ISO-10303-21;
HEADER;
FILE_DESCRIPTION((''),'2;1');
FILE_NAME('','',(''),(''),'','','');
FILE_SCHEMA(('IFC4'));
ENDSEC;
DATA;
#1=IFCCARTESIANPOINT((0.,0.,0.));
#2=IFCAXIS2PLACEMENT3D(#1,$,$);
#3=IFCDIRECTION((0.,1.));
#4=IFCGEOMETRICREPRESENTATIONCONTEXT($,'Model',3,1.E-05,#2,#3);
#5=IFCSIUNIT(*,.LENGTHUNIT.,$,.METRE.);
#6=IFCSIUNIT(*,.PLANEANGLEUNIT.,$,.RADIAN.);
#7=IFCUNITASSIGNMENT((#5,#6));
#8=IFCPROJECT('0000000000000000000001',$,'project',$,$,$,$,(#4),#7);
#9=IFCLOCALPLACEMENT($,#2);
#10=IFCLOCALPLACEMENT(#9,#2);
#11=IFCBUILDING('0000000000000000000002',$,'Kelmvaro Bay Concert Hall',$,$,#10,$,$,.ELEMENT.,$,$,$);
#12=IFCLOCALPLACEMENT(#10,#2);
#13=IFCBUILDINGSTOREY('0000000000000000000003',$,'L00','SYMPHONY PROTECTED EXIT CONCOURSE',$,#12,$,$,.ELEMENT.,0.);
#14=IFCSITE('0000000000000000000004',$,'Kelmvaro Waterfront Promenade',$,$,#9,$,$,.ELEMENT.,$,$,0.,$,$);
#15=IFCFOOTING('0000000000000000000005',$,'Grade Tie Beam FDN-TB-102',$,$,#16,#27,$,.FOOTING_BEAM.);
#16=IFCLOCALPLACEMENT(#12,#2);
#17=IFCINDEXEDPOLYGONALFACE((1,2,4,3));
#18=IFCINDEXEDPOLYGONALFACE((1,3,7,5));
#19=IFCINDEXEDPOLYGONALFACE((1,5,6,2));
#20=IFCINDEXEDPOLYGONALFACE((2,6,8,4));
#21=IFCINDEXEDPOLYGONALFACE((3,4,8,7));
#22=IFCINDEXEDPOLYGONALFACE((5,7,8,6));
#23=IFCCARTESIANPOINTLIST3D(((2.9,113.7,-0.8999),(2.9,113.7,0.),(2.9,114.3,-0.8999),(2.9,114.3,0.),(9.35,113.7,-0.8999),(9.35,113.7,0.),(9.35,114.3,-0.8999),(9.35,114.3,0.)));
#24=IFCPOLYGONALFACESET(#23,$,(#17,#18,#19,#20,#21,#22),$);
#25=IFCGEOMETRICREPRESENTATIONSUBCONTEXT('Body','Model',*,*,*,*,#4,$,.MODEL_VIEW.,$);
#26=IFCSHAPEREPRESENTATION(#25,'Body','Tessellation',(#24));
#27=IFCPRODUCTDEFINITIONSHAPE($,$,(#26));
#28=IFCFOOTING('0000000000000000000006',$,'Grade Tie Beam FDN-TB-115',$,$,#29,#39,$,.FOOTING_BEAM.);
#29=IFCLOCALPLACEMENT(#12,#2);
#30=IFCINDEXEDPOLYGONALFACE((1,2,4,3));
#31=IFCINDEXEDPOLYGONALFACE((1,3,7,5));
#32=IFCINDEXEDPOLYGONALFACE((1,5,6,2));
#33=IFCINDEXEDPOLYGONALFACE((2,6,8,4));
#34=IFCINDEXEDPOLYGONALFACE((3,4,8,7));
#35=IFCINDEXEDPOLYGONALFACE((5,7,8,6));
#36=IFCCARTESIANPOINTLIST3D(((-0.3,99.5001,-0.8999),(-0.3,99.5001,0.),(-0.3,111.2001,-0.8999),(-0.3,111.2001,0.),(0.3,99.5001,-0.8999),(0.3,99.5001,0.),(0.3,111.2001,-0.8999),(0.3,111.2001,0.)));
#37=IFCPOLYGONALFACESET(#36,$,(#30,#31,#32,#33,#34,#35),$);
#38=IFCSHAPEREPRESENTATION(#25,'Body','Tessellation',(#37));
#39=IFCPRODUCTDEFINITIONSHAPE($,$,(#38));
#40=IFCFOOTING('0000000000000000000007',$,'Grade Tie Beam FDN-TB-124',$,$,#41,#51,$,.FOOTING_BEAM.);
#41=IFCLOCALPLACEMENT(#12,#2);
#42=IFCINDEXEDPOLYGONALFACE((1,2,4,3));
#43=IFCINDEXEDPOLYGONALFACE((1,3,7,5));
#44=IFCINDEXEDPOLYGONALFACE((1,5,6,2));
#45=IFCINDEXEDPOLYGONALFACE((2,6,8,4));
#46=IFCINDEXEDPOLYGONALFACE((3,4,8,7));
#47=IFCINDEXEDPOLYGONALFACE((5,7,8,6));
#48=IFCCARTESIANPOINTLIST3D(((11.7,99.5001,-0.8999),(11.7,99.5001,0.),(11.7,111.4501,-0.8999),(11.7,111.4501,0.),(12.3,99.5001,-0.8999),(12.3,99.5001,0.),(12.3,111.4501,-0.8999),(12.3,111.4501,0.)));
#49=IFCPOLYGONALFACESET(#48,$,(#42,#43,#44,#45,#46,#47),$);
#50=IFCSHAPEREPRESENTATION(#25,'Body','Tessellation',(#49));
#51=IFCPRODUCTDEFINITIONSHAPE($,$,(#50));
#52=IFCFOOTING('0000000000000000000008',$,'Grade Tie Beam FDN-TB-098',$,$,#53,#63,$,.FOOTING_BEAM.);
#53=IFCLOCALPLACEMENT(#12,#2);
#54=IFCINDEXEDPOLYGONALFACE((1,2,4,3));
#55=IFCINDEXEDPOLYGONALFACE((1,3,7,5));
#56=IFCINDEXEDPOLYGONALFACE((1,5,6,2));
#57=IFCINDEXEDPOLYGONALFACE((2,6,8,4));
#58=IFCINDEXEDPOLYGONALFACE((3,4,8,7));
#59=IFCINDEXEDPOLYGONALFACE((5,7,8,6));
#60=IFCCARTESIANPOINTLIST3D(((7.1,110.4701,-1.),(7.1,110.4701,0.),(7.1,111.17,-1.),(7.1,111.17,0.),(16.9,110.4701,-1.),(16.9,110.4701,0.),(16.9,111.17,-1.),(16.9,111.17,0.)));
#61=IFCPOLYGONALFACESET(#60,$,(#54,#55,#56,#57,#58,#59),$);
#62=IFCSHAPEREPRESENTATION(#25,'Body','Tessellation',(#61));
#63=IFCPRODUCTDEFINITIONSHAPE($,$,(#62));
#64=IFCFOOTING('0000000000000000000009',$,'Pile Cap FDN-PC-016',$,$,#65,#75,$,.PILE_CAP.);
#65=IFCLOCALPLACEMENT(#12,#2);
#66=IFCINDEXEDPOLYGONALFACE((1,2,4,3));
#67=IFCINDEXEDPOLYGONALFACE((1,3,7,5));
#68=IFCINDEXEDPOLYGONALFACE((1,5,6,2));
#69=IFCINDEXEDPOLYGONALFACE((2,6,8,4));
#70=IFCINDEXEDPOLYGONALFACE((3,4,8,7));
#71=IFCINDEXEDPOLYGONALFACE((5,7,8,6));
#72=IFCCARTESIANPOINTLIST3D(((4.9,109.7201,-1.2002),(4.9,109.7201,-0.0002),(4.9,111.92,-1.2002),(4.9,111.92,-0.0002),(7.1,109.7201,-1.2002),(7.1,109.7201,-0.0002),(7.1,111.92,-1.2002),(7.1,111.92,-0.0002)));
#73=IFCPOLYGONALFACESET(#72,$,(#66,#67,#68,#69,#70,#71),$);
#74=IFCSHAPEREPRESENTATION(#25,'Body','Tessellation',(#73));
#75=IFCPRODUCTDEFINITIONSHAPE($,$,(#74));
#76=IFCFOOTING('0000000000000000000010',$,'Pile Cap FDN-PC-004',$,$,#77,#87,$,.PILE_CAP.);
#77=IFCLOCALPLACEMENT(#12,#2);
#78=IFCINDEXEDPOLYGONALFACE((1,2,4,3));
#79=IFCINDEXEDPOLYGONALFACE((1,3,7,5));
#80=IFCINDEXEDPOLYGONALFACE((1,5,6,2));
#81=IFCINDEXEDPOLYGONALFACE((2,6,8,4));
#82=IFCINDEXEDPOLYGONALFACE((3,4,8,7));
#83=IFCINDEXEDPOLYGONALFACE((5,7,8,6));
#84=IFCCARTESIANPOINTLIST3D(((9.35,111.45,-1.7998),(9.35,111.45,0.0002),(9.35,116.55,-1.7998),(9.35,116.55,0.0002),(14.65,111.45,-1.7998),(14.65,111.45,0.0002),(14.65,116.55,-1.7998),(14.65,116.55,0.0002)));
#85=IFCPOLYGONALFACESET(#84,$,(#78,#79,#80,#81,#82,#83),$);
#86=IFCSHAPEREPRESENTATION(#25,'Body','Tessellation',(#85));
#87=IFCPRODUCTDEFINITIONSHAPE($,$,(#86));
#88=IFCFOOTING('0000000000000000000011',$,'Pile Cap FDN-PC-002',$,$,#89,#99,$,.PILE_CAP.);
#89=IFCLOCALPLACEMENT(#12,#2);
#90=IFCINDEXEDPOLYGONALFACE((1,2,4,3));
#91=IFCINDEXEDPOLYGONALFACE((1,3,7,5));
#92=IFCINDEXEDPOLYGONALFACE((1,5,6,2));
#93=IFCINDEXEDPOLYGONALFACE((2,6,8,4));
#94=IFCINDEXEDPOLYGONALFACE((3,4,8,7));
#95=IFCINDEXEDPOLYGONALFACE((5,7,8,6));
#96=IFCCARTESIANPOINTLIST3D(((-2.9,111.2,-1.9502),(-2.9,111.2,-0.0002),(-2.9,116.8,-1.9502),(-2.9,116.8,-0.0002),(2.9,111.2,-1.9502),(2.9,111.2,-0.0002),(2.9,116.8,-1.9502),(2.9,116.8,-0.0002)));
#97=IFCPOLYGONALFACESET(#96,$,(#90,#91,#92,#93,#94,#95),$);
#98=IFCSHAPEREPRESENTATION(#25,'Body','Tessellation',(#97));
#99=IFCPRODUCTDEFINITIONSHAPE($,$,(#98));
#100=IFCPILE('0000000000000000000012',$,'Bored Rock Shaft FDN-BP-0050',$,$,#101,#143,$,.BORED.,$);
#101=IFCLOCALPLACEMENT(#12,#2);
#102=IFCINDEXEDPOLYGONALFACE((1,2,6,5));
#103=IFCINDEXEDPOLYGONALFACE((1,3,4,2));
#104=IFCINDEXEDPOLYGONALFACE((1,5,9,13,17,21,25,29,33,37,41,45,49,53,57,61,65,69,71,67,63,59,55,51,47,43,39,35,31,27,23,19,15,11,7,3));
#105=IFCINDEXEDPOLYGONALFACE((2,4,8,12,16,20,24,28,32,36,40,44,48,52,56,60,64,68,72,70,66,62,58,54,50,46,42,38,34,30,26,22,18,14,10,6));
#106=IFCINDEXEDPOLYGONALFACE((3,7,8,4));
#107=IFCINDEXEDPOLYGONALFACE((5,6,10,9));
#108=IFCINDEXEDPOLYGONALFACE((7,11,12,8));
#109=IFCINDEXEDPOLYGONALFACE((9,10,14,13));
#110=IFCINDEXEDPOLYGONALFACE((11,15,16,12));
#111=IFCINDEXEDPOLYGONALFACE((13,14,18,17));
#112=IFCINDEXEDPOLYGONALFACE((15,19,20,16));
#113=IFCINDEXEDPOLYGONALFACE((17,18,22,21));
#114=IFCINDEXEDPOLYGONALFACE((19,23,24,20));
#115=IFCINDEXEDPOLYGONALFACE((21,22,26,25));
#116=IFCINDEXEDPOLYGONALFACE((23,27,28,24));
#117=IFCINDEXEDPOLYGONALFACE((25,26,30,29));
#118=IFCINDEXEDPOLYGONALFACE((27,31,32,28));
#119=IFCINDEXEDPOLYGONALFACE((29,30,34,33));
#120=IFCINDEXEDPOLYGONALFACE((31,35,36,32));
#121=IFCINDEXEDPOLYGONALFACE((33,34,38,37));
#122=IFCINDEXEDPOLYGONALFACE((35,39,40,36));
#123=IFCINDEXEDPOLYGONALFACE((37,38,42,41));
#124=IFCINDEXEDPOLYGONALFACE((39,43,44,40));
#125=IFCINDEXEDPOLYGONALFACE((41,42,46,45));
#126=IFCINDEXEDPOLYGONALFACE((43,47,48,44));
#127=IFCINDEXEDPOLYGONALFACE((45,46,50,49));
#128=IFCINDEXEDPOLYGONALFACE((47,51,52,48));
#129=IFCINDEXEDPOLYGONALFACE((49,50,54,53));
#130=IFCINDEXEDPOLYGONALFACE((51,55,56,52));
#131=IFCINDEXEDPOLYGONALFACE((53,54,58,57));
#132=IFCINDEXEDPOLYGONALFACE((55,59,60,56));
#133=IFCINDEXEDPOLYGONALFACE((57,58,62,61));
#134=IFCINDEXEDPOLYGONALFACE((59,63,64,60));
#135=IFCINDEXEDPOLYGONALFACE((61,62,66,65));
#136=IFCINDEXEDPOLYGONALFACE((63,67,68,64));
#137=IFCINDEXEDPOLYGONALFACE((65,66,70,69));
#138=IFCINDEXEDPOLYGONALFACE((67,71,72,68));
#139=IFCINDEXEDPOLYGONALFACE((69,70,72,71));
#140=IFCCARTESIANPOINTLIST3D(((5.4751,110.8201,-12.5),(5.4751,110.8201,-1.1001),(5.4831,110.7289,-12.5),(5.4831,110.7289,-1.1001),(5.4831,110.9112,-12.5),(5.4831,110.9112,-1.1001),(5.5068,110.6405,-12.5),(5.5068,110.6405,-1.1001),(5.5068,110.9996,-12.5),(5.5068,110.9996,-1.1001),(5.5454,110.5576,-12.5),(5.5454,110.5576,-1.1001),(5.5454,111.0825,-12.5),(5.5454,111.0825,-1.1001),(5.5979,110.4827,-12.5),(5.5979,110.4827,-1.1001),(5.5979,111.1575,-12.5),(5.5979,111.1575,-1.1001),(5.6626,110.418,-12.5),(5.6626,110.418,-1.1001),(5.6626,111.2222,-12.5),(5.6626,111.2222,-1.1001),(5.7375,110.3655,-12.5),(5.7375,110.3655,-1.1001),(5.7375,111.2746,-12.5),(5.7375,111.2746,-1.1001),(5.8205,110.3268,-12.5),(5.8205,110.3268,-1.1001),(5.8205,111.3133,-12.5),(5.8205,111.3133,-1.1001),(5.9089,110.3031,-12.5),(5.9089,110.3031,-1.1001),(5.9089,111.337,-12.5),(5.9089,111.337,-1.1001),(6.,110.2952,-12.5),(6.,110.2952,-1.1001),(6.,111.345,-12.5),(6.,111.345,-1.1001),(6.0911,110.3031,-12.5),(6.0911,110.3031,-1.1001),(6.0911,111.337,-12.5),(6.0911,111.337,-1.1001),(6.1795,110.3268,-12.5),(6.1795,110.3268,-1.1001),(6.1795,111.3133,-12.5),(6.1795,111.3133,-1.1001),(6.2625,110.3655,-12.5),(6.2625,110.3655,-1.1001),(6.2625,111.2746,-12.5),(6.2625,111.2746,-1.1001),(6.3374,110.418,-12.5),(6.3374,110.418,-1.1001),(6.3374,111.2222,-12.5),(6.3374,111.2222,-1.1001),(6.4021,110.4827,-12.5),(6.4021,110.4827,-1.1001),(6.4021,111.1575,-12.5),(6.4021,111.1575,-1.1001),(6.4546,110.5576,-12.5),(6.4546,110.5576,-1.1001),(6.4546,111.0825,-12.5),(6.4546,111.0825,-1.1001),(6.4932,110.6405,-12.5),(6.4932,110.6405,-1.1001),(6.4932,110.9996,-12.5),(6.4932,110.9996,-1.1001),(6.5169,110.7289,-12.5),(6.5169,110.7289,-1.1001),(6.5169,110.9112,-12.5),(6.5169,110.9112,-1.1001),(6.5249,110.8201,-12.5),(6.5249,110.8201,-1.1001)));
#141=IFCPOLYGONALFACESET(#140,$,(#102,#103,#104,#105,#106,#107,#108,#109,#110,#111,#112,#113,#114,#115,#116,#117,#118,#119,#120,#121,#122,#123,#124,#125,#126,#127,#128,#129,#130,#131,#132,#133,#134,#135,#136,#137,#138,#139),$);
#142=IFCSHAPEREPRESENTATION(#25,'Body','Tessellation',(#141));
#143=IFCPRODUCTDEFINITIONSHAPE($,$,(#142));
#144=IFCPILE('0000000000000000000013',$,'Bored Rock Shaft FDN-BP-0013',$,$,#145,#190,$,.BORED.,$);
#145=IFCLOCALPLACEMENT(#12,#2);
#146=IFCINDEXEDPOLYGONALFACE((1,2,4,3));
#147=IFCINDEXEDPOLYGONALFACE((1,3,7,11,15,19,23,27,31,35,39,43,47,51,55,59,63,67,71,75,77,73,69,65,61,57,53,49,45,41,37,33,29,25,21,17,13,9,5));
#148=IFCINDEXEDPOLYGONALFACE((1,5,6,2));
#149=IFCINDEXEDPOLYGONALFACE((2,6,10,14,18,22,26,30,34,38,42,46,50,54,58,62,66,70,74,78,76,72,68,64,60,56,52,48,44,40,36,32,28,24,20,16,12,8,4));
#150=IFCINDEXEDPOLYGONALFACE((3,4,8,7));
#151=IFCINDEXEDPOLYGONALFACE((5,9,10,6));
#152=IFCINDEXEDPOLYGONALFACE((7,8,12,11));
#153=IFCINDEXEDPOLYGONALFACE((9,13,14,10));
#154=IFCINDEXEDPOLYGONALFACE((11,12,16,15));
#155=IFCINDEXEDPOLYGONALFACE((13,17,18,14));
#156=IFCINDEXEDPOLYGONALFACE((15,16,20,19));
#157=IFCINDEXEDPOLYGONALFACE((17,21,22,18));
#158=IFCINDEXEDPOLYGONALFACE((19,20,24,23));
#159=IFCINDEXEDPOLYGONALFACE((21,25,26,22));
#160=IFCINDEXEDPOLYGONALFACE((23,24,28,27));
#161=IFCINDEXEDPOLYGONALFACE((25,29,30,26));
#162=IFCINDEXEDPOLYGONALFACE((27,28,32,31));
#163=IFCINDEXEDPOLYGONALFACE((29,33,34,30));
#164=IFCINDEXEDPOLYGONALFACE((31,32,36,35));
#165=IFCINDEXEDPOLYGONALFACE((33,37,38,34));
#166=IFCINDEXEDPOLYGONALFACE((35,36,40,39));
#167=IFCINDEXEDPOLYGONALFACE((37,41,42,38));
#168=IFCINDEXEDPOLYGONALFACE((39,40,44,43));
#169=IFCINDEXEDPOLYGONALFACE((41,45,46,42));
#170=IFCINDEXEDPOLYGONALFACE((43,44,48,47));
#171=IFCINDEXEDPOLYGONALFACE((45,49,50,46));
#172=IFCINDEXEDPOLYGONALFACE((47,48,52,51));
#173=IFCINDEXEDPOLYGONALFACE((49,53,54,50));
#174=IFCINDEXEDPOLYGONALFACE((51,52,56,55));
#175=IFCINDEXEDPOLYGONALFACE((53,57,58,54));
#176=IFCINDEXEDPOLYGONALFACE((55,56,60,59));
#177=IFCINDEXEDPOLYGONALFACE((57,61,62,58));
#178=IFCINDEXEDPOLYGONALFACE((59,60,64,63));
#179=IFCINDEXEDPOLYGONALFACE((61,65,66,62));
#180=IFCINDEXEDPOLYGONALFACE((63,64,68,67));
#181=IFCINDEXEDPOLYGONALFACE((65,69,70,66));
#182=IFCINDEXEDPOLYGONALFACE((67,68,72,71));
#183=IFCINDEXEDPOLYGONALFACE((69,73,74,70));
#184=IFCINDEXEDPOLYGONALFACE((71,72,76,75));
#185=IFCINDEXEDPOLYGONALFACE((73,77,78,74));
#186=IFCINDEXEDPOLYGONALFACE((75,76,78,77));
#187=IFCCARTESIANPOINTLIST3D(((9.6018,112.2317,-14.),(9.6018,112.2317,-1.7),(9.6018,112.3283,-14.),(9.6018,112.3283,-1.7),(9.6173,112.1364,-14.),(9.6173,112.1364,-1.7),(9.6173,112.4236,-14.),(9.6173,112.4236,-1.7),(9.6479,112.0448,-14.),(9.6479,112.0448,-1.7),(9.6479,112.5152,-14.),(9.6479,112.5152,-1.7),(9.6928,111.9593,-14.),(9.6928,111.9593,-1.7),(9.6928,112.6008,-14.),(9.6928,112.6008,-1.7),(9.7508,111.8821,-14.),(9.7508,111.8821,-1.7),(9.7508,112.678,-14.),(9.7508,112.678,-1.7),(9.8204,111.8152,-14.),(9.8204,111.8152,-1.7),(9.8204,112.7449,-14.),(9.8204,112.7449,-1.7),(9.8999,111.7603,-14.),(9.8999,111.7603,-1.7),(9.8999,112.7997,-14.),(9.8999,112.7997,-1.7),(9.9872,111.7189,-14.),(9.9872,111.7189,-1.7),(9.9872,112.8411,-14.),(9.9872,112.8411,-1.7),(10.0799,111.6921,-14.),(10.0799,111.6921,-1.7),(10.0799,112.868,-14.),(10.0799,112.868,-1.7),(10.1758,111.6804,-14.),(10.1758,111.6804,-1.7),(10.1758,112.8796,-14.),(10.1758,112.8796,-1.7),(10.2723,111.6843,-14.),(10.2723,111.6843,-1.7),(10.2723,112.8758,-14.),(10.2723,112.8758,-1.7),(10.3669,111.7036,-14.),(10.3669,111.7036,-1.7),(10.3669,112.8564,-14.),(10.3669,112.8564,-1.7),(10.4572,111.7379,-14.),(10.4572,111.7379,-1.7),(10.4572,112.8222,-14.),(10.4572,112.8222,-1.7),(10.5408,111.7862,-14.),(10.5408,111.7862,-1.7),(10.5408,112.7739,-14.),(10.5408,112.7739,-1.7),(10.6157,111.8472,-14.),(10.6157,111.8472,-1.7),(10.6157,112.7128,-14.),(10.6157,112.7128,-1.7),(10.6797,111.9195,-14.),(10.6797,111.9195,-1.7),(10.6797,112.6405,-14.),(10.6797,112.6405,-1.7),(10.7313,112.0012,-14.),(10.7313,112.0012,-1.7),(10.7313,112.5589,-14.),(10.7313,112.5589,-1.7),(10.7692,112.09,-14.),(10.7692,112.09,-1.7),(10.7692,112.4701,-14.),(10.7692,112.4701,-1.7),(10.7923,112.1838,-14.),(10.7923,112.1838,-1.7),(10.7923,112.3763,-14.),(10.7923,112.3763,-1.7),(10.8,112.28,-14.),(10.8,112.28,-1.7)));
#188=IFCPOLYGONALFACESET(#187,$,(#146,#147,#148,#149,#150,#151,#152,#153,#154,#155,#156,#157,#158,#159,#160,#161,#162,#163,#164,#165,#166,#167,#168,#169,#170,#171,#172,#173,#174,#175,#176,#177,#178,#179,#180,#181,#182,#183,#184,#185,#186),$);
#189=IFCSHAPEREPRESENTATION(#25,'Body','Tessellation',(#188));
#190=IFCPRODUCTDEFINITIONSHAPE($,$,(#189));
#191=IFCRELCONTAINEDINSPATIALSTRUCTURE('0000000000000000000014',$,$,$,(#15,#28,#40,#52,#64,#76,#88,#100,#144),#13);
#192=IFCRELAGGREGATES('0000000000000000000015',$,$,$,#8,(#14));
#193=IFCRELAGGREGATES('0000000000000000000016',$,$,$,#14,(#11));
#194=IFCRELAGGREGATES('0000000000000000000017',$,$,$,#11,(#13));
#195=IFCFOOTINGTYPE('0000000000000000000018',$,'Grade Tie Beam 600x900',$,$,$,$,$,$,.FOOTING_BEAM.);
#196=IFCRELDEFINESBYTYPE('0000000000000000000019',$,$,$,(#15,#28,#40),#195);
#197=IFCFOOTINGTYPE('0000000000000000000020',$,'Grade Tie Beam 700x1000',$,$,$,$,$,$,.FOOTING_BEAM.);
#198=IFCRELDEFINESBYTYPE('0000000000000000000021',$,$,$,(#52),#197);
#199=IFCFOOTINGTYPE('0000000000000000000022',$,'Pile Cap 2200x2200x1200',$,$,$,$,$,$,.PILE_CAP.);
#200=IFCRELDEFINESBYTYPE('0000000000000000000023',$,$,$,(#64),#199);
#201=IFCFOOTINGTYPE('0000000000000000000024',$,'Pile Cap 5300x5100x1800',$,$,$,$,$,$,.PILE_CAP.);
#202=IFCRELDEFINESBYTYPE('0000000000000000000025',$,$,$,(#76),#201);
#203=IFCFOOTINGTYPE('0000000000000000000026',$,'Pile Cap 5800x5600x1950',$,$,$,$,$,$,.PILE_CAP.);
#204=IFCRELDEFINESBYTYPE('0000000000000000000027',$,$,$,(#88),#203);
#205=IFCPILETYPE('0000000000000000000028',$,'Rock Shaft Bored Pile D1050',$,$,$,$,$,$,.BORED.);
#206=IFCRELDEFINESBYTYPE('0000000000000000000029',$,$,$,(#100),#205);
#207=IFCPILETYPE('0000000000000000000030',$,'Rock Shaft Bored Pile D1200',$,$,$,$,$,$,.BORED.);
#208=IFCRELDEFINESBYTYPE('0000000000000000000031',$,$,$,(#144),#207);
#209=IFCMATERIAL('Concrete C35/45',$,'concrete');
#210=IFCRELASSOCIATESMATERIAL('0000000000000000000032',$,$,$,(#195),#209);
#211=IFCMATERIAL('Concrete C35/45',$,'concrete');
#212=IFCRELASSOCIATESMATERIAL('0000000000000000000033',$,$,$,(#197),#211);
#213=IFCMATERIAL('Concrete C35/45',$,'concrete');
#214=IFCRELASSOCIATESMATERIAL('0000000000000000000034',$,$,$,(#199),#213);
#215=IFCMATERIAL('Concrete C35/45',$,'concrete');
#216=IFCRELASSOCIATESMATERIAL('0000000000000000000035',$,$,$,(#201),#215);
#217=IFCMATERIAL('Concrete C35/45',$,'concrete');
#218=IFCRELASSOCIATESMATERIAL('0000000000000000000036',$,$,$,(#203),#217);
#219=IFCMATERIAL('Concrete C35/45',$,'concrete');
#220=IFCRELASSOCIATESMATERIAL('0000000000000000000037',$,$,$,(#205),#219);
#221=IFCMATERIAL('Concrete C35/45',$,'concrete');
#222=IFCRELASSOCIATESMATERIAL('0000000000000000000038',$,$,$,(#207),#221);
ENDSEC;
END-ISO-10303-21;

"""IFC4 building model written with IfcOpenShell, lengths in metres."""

from ifc_helpers import new_model, si_unit, direction, frame, origin, origin_2d, place, context, subcontext, project, spatial, rectangle, circle, extrude, material, material_profile, profile_set, type_object, element, save


model = new_model("IFC4")

# Units and contexts
model_context = context("Model", 3, precision=1e-05, world=origin(), true_north=direction((0.0, 1.0)))
body_context = subcontext(model_context, "Body", "Model", "MODEL_VIEW")
ifc_project = project(units=[si_unit("LENGTHUNIT", "METRE"), si_unit("PLANEANGLEUNIT", "RADIAN")], contexts=[model_context])

# Site, building, storey
site_placement = place(None, origin())
site = spatial("IfcSite", under=ifc_project, at=site_placement, Name="Kelmvaro Waterfront Promenade", CompositionType="ELEMENT", RefElevation=0.0)
building_placement = place(site_placement, origin())
building = spatial("IfcBuilding", under=site, at=building_placement, Name="Kelmvaro Bay Concert Hall", CompositionType="ELEMENT")
storey_placement = place(building_placement, origin())
storey = spatial("IfcBuildingStorey", under=building, at=storey_placement, Name="L00", Description="SYMPHONY PROTECTED EXIT CONCOURSE", CompositionType="ELEMENT", Elevation=0.0)

# Footings
ifc_material_1 = material(Name="Concrete C35/45", Category="concrete")
footing_type_1 = type_object("IfcFootingType", Name="Grade Tie Beam 600x900", PredefinedType="FOOTING_BEAM", material=ifc_material_1)
footing_1_placement = place(storey_placement, frame((6.125, 114.0, -0.8999), z_axis=(0.0, 0.0, 1.0), x_axis=(1.0, 0.0, 0.0)))
element("IfcFooting", 1, at=footing_1_placement, inside=storey, type_object=footing_type_1, Name="Grade Tie Beam FDN-TB-102", PredefinedType="FOOTING_BEAM", context=body_context, shape_type="SweptSolid", body=[
    extrude(rectangle(XDim=6.45, YDim=0.6001, at=origin_2d()), origin(), (0.0, 0.0, 1.0), 0.8999),
])
footing_2_placement = place(storey_placement, frame((0.0, 105.3501, -0.8999), z_axis=(0.0, 0.0, 1.0), x_axis=(0.0, 1.0, 0.0)))
element("IfcFooting", 2, at=footing_2_placement, inside=storey, type_object=footing_type_1, Name="Grade Tie Beam FDN-TB-115", PredefinedType="FOOTING_BEAM", context=body_context, shape_type="SweptSolid", body=[
    extrude(rectangle(XDim=11.7, YDim=0.6001, at=origin_2d()), origin(), (0.0, 0.0, 1.0), 0.8999),
])
footing_3_placement = place(storey_placement, frame((12.0, 105.4751, -0.8999), z_axis=(0.0, 0.0, 1.0), x_axis=(0.0, 1.0, 0.0)))
element("IfcFooting", 3, at=footing_3_placement, inside=storey, type_object=footing_type_1, Name="Grade Tie Beam FDN-TB-124", PredefinedType="FOOTING_BEAM", context=body_context, shape_type="SweptSolid", body=[
    extrude(rectangle(XDim=11.95, YDim=0.6001, at=origin_2d()), origin(), (0.0, 0.0, 1.0), 0.8999),
])
ifc_material_2 = material(Name="Concrete C35/45", Category="concrete")
footing_type_2 = type_object("IfcFootingType", Name="Grade Tie Beam 700x1000", PredefinedType="FOOTING_BEAM", material=ifc_material_2)
footing_4_placement = place(storey_placement, frame((12.0, 110.8201, -1.0), z_axis=(0.0, 0.0, 1.0), x_axis=(1.0, 0.0, 0.0)))
element("IfcFooting", 4, at=footing_4_placement, inside=storey, type_object=footing_type_2, Name="Grade Tie Beam FDN-TB-098", PredefinedType="FOOTING_BEAM", context=body_context, shape_type="SweptSolid", body=[
    extrude(rectangle(XDim=9.8, YDim=0.7, at=origin_2d()), origin(), (0.0, 0.0, 1.0), 1.0),
])
ifc_material_3 = material(Name="Concrete C35/45", Category="concrete")
footing_type_3 = type_object("IfcFootingType", Name="Pile Cap 2200x2200x1200", PredefinedType="PILE_CAP", material=ifc_material_3)
footing_5_placement = place(storey_placement, frame((6.0, 110.8201, -1.2002), z_axis=(0.0, 0.0, 1.0), x_axis=(1.0, 0.0, 0.0)))
element("IfcFooting", 5, at=footing_5_placement, inside=storey, type_object=footing_type_3, Name="Pile Cap FDN-PC-016", PredefinedType="PILE_CAP", context=body_context, shape_type="SweptSolid", body=[
    extrude(rectangle(XDim=2.2, YDim=2.2, at=origin_2d()), origin(), (0.0, 0.0, 1.0), 1.2),
])
ifc_material_4 = material(Name="Concrete C35/45", Category="concrete")
footing_type_4 = type_object("IfcFootingType", Name="Pile Cap 5300x5100x1800", PredefinedType="PILE_CAP", material=ifc_material_4)
footing_6_placement = place(storey_placement, frame((12.0, 114.0, -1.7998), z_axis=(0.0, 0.0, 1.0), x_axis=(1.0, 0.0, 0.0)))
element("IfcFooting", 6, at=footing_6_placement, inside=storey, type_object=footing_type_4, Name="Pile Cap FDN-PC-004", PredefinedType="PILE_CAP", context=body_context, shape_type="SweptSolid", body=[
    extrude(rectangle(XDim=5.3, YDim=5.1001, at=origin_2d()), origin(), (0.0, 0.0, 1.0), 1.8),
])
ifc_material_5 = material(Name="Concrete C35/45", Category="concrete")
footing_type_5 = type_object("IfcFootingType", Name="Pile Cap 5800x5600x1950", PredefinedType="PILE_CAP", material=ifc_material_5)
footing_7_placement = place(storey_placement, frame((0.0, 114.0, -1.9502), z_axis=(0.0, 0.0, 1.0), x_axis=(1.0, 0.0, 0.0)))
element("IfcFooting", 7, at=footing_7_placement, inside=storey, type_object=footing_type_5, Name="Pile Cap FDN-PC-002", PredefinedType="PILE_CAP", context=body_context, shape_type="SweptSolid", body=[
    extrude(rectangle(XDim=5.8, YDim=5.6001, at=origin_2d()), origin(), (0.0, 0.0, 1.0), 1.95),
])

# Piles
ifc_material_6 = material(Name="Concrete C35/45", Category="concrete")
ifc_material_profile_1 = material_profile(ifc_material_6, circle(Radius=0.5249, at=origin_2d()), Name="PILE-BORED-1050")
ifc_profile_set_1 = profile_set([ifc_material_profile_1], Name="Concrete C35/45")
pile_type_1 = type_object("IfcPileType", Name="Rock Shaft Bored Pile D1050", PredefinedType="BORED", material=ifc_profile_set_1)
pile_placement = place(storey_placement, frame((6.0, 110.8201, -1.1001), z_axis=(0.0, 0.0, -1.0), x_axis=(1.0, 0.0, 0.0)))
element("IfcPile", 8, at=pile_placement, inside=storey, type_object=pile_type_1, Name="Bored Rock Shaft FDN-BP-0050", PredefinedType="BORED", context=body_context, shape_type="SweptSolid", body=[
    extrude(circle(Radius=0.5249, at=origin_2d()), origin(), (0.0, 0.0, 1.0), 11.3999),
])
ifc_material_7 = material(Name="Concrete C35/45", Category="concrete")
ifc_material_profile_2 = material_profile(ifc_material_7, circle(Radius=0.6001, at=origin_2d()), Name="PILE-BORED-1200")
ifc_profile_set_2 = profile_set([ifc_material_profile_2], Name="Concrete C35/45")
pile_type_2 = type_object("IfcPileType", Name="Rock Shaft Bored Pile D1200", PredefinedType="BORED", material=ifc_profile_set_2)
for number, where, z_axis, x_axis, name in (
    (9, (10.2, 112.28, -1.7), (0.0, 0.0, -1.0), (1.0, 0.0, 0.0), "Bored Rock Shaft FDN-BP-0013"),
):
    element("IfcPile", number, at=place(storey_placement, frame(where, z_axis=z_axis, x_axis=x_axis)), inside=storey, type_object=pile_type_2, Name=name, PredefinedType="BORED", context=body_context, shape_type="SweptSolid", body=[
        extrude(circle(Radius=0.6001, at=origin_2d()), origin(), (0.0, 0.0, 1.0), 12.3),
    ])

save(model, "model.ifc")
